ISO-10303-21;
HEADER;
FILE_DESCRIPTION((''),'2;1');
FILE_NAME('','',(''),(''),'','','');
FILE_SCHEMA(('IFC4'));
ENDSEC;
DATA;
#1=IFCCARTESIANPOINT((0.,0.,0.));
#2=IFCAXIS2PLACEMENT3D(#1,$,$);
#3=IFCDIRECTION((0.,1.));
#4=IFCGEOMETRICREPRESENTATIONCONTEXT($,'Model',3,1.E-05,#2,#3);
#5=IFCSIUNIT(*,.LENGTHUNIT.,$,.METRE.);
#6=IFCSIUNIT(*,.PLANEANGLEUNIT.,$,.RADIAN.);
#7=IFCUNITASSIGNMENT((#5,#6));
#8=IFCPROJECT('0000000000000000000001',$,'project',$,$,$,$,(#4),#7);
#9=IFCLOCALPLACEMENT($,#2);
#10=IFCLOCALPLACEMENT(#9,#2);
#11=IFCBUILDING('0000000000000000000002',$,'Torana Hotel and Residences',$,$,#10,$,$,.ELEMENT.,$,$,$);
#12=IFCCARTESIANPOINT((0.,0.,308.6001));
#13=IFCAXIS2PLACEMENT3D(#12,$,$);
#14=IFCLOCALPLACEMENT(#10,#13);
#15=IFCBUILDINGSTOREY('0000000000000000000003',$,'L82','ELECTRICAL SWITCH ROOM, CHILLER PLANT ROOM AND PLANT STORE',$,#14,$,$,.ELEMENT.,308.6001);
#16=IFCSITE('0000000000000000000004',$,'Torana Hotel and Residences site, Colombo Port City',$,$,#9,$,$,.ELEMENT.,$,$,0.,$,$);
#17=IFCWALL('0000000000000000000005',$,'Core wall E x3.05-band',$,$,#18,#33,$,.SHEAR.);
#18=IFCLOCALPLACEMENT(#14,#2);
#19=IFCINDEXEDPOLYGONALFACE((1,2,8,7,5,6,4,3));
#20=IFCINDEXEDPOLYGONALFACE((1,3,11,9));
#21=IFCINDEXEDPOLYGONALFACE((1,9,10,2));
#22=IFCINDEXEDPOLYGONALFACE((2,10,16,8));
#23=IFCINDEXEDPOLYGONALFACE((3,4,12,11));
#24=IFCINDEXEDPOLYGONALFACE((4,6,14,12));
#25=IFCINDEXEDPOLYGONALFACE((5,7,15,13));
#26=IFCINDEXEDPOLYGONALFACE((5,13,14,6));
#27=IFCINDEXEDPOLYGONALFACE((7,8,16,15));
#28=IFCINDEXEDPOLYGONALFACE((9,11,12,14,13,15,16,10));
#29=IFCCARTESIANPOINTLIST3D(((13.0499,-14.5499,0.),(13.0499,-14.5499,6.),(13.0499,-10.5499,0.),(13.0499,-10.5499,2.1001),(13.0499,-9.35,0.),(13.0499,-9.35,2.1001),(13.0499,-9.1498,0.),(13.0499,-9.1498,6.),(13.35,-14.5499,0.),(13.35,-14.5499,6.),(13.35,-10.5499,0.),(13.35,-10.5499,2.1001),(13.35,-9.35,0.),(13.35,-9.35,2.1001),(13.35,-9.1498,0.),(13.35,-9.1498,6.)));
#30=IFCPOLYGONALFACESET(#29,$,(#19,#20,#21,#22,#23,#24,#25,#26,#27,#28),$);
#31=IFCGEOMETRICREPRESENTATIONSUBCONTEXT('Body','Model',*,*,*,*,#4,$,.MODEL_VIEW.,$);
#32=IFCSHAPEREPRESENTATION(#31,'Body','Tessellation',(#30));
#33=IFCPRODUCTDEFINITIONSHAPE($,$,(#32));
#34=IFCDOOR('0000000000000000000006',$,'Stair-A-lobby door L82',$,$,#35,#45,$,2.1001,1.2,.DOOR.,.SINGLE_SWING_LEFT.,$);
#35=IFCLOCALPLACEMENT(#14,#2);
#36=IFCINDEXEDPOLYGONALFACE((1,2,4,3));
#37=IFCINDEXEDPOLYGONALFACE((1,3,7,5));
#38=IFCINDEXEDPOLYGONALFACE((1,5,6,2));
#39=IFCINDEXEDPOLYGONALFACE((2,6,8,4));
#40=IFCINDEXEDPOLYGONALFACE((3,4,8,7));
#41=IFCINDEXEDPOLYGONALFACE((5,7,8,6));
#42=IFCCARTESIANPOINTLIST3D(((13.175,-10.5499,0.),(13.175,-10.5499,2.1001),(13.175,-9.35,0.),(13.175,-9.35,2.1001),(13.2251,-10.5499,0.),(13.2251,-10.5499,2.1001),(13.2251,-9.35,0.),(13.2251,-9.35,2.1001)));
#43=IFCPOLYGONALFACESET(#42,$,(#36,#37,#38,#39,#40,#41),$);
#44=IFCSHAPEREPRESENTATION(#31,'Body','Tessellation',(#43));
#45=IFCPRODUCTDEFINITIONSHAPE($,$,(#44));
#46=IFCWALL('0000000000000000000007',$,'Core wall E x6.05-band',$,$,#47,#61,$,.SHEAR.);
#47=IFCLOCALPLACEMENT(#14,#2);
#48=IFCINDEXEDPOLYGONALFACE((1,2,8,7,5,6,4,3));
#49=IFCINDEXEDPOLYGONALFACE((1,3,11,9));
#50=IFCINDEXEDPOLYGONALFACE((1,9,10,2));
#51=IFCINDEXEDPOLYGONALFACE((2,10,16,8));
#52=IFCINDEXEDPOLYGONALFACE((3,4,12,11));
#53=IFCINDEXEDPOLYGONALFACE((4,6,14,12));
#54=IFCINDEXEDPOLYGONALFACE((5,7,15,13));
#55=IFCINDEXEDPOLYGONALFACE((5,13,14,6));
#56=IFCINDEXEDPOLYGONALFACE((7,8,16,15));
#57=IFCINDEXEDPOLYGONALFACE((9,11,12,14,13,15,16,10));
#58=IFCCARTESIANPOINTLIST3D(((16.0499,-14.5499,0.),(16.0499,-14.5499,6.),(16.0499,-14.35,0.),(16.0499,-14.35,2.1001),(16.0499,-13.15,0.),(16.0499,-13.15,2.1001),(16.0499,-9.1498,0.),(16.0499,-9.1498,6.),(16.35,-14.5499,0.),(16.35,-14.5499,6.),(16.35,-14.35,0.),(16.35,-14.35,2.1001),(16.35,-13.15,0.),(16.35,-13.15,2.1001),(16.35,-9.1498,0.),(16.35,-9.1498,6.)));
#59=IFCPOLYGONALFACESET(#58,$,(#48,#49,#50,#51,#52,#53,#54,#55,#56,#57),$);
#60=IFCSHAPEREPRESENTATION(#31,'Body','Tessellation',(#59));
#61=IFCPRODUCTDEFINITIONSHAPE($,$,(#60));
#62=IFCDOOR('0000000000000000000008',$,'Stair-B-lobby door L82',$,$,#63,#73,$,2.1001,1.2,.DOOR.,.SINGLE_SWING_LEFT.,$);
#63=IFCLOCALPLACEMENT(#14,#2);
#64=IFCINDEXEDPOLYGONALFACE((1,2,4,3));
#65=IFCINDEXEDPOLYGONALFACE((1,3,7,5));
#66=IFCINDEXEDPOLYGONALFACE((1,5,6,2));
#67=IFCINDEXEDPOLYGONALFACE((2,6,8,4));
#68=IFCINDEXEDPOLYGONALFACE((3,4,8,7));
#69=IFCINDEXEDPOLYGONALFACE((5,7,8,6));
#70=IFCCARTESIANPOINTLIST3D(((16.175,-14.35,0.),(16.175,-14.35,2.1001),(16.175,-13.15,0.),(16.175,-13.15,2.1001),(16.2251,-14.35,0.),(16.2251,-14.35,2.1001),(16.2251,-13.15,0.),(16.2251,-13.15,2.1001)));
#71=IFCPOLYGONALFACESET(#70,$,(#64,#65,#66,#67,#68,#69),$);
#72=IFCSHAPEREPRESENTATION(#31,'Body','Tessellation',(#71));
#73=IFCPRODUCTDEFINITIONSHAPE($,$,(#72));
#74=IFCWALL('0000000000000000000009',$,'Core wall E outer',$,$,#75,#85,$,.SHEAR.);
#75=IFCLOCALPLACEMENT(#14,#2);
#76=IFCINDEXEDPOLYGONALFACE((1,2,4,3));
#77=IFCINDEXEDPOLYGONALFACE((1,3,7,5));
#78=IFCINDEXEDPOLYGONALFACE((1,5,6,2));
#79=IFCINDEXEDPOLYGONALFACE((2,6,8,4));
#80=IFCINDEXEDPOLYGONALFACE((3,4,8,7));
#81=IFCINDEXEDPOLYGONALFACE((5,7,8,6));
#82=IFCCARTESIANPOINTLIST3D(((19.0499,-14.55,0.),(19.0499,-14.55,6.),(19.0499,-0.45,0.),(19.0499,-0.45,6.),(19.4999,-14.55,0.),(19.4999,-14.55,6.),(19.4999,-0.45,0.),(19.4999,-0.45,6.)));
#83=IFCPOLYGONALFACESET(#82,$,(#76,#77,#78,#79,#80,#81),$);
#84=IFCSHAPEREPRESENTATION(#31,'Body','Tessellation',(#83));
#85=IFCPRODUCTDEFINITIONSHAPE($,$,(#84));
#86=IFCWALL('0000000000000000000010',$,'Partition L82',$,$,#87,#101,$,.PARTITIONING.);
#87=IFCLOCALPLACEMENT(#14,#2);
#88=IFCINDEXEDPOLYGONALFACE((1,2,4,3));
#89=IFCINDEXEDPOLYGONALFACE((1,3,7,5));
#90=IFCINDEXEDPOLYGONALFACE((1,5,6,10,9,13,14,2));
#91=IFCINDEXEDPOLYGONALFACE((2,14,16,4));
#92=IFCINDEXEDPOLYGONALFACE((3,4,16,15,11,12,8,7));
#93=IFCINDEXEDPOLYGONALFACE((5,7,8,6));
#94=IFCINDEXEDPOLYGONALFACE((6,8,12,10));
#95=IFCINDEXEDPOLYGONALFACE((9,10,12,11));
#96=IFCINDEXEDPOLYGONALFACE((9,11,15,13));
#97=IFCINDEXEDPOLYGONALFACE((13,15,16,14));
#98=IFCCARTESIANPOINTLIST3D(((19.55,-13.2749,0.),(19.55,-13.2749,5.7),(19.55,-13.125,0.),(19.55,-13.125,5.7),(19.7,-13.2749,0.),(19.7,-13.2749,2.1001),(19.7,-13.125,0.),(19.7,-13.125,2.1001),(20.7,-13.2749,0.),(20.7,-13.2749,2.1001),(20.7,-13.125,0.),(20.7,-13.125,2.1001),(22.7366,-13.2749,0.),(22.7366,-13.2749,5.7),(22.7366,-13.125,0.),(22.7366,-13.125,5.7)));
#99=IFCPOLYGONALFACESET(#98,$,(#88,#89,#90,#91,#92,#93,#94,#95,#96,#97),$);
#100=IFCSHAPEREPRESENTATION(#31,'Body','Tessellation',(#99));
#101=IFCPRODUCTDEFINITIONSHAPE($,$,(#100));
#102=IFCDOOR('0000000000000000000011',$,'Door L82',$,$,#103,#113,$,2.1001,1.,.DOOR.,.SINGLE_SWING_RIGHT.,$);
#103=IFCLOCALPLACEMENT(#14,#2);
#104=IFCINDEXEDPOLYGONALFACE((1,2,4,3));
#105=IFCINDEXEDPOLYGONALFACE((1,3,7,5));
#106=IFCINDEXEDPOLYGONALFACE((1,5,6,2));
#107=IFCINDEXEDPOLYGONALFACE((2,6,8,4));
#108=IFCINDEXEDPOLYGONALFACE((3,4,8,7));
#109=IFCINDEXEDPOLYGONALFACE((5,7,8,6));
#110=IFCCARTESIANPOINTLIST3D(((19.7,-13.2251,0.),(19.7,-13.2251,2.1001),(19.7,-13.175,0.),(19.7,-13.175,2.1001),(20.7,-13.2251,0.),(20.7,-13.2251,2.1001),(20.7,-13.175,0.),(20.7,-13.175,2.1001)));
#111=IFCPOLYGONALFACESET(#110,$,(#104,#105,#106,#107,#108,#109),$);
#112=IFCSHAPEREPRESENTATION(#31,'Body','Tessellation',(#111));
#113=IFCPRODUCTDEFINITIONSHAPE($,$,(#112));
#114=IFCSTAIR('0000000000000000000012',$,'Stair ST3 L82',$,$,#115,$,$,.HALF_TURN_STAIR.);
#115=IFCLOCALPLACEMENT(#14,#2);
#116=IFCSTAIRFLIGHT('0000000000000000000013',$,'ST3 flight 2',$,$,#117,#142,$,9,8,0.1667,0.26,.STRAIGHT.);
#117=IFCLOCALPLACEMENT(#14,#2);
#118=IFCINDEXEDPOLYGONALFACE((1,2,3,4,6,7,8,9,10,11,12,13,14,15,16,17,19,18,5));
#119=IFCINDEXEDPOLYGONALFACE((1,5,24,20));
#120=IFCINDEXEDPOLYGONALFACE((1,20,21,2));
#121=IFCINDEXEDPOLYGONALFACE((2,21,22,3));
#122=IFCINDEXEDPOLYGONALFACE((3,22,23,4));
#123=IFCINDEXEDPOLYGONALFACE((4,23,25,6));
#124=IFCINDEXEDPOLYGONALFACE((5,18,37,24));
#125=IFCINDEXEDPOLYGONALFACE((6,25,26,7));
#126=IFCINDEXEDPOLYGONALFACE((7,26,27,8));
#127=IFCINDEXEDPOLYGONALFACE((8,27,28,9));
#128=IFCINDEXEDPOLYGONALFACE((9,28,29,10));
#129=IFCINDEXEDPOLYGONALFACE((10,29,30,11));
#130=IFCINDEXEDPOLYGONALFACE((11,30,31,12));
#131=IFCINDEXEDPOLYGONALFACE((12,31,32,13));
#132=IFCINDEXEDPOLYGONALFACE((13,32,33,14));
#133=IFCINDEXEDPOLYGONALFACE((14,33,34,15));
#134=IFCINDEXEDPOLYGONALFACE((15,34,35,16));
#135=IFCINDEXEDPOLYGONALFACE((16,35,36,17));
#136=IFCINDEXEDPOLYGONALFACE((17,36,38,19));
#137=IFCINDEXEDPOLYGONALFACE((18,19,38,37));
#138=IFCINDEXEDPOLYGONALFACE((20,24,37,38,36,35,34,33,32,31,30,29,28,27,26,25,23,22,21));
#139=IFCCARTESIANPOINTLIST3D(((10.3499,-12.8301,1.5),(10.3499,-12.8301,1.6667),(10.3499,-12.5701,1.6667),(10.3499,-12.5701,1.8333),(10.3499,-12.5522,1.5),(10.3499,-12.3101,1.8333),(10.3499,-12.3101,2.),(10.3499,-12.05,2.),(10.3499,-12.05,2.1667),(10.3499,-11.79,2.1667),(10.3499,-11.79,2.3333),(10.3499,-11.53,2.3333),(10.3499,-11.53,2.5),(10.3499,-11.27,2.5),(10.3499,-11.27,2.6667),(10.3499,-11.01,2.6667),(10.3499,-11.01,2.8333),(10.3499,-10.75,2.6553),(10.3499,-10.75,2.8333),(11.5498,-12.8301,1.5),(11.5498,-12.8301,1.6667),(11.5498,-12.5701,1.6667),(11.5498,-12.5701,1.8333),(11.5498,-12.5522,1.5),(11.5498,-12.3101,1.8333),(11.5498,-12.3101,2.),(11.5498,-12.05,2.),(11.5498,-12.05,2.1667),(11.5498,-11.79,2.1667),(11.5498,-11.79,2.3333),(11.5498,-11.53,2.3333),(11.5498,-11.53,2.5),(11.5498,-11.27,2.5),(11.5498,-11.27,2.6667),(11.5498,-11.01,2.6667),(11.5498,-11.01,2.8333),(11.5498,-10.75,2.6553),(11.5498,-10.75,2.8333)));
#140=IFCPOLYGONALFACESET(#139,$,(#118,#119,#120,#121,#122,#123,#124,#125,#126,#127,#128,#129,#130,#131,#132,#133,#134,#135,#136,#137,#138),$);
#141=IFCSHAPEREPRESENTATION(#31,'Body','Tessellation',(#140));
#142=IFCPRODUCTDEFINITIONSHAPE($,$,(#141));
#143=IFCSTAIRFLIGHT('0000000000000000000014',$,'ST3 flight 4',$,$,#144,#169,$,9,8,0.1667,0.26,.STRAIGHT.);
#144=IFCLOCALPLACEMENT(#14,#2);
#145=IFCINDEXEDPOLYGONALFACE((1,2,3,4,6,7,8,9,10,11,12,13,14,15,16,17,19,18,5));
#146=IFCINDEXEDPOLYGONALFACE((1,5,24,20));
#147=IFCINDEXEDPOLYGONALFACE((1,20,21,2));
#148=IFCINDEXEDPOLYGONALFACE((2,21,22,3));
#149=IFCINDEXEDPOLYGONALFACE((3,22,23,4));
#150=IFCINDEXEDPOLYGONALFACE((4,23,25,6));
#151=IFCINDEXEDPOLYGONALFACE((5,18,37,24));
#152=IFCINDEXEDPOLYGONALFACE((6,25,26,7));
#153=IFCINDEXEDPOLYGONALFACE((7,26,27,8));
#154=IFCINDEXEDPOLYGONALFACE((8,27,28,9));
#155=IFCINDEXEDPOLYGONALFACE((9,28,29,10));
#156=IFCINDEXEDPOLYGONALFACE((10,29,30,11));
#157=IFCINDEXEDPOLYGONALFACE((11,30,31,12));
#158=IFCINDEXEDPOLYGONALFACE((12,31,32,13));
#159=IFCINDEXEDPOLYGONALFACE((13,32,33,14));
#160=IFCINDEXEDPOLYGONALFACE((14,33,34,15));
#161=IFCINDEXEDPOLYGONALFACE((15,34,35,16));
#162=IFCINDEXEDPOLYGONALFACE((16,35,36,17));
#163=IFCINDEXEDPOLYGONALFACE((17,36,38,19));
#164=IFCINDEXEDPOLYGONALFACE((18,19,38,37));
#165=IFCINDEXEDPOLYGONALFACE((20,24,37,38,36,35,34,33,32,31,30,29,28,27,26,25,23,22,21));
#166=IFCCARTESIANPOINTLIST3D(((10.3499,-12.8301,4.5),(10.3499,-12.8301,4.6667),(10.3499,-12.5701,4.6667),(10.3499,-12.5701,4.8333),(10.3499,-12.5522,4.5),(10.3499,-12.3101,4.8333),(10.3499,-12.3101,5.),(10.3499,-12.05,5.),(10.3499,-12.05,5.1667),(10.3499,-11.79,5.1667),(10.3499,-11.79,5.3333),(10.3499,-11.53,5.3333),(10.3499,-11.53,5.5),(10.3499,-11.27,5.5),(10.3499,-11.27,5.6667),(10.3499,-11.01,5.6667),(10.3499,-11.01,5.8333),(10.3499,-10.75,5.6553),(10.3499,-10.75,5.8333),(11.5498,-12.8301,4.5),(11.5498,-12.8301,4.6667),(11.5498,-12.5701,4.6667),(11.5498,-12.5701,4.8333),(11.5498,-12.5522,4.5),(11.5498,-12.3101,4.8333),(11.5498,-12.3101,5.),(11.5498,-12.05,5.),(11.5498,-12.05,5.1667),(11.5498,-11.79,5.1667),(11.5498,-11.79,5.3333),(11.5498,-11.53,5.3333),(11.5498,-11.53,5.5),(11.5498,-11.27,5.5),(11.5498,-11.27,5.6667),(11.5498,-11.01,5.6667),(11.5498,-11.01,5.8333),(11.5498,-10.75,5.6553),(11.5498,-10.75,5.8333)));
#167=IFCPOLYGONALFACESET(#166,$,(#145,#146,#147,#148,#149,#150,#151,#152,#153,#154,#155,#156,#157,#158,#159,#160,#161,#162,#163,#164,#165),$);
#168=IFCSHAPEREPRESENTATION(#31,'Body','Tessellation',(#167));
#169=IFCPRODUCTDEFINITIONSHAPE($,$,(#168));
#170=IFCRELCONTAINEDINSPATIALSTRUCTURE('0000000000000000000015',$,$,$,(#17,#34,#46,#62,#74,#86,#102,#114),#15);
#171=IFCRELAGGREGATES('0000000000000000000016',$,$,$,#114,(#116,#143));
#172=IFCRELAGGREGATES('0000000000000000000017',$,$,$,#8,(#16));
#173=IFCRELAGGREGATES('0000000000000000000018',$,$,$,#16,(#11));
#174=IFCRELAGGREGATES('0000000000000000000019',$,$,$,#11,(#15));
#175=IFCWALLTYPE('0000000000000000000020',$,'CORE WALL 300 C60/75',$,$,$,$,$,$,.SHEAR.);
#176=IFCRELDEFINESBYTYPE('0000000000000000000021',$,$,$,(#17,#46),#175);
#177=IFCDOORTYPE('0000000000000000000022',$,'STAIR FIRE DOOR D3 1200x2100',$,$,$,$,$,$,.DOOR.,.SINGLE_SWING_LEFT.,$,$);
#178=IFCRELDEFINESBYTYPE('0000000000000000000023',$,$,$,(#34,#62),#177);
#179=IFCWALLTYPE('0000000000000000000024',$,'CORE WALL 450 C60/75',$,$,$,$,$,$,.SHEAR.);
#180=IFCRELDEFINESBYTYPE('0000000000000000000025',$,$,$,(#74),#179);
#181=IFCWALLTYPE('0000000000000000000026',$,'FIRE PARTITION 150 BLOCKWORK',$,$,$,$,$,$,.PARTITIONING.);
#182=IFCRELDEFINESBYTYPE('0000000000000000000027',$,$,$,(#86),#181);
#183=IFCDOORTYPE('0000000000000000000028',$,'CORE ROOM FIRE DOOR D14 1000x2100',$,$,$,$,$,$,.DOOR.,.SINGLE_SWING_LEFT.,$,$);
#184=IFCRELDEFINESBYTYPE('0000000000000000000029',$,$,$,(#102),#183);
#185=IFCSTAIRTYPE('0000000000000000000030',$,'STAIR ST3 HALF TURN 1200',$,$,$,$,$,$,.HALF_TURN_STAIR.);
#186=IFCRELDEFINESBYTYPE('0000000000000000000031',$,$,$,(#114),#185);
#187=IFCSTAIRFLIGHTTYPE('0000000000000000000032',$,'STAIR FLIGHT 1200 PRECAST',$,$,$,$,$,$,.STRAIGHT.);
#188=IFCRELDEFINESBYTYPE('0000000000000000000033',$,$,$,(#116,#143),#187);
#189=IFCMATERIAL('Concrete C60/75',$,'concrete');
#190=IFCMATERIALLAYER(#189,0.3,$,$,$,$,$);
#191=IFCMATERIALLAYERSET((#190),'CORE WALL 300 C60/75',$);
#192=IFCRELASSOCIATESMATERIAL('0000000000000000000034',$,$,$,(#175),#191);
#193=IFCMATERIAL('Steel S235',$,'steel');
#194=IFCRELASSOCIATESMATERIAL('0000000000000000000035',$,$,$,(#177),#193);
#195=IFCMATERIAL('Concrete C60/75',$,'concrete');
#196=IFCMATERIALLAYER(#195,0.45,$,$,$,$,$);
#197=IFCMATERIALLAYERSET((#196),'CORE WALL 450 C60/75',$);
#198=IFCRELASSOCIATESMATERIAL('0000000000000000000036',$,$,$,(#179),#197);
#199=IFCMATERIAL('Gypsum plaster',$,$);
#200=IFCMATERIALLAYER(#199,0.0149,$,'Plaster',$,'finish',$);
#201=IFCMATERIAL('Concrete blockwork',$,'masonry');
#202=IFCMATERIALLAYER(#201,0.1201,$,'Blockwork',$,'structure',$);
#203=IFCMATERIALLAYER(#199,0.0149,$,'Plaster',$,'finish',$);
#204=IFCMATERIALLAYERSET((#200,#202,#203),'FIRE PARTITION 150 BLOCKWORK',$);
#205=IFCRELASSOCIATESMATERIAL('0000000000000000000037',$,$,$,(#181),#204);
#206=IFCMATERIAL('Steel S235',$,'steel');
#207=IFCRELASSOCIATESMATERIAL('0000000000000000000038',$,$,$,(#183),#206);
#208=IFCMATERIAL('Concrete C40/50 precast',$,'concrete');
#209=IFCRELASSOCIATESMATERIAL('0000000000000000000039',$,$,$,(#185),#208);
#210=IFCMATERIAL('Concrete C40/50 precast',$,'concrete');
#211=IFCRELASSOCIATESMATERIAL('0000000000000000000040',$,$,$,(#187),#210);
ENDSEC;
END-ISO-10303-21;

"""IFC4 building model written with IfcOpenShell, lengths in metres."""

from ifc_helpers import new_model, si_unit, direction, frame, frame_2d, origin, place, context, subcontext, project, spatial, polyline, rectangle, outline, extrude, material, layer, layer_set, type_object, element, fill, aggregate, save


model = new_model("IFC4")

# Units and contexts
model_context = context("Model", 3, precision=1e-05, world=origin(), true_north=direction((0.0, 1.0)))
body_context = subcontext(model_context, "Body", "Model", "MODEL_VIEW")
ifc_project = project(units=[si_unit("LENGTHUNIT", "METRE"), si_unit("PLANEANGLEUNIT", "RADIAN")], contexts=[model_context])

# Site, building, storey
site_placement = place(None, origin())
site = spatial("IfcSite", under=ifc_project, at=site_placement, Name="Torana Hotel and Residences site, Colombo Port City", CompositionType="ELEMENT", RefElevation=0.0)
building_placement = place(site_placement, origin())
building = spatial("IfcBuilding", under=site, at=building_placement, Name="Torana Hotel and Residences", CompositionType="ELEMENT")
storey_placement = place(building_placement, frame((0.0, 0.0, 308.6001)))
storey = spatial("IfcBuildingStorey", under=building, at=storey_placement, Name="L82", Description="ELECTRICAL SWITCH ROOM, CHILLER PLANT ROOM AND PLANT STORE", CompositionType="ELEMENT", Elevation=308.6001)

# Walls, openings, doors
ifc_material_1 = material(Name="Concrete C60/75", Category="concrete")
ifc_layer_1 = layer(ifc_material_1, 0.3)
ifc_layer_set_1 = layer_set([ifc_layer_1], Name="CORE WALL 300 C60/75")
wall_type_1 = type_object("IfcWallType", Name="CORE WALL 300 C60/75", PredefinedType="SHEAR", material=ifc_layer_set_1)
wall_1_placement = place(storey_placement, frame((13.2, -14.55, 0.0), z_axis=(0.0, 0.0, 1.0), x_axis=(0.0, 1.0, 0.0)))
wall_1 = element("IfcWall", 1, at=wall_1_placement, inside=storey, type_object=wall_type_1, Name="Core wall E x3.05-band", PredefinedType="SHEAR", context=body_context, shape_type="SweptSolid", body=[
    extrude(rectangle(XDim=5.4001, YDim=0.3, at=frame_2d((2.7002, 0.0))), origin(), (0.0, 0.0, 1.0), 6.0),
])
opening_1_placement = place(wall_1_placement, frame((4.0, 0.0, 0.0)))
opening_1 = element("IfcOpeningElement", 2, at=opening_1_placement, cuts=wall_1, PredefinedType="OPENING", context=body_context, shape_type="SweptSolid", body=[
    extrude(rectangle(XDim=1.2, YDim=2.1001, at=frame_2d((0.6001, 1.05))), frame((0.0, 0.1599, 0.0), z_axis=(0.0, -1.0, 0.0), x_axis=(1.0, 0.0, 0.0)), (0.0, 0.0, 1.0), 0.3201),
])
ifc_material_2 = material(Name="Steel S235", Category="steel")
door_type_1 = type_object("IfcDoorType", Name="STAIR FIRE DOOR D3 1200x2100", OperationType="SINGLE_SWING_LEFT", PredefinedType="DOOR", material=ifc_material_2)
door_1_placement = place(opening_1_placement, origin())
door_1 = element("IfcDoor", 3, at=door_1_placement, inside=storey, type_object=door_type_1, Name="Stair-A-lobby door L82", OperationType="SINGLE_SWING_LEFT", OverallHeight=2.1001, OverallWidth=1.2, PredefinedType="DOOR", context=body_context, shape_type="SweptSolid", body=[
    extrude(rectangle(XDim=1.2, YDim=2.1001, at=frame_2d((0.6001, 1.05))), frame((0.0, 0.0249, 0.0), z_axis=(0.0, -1.0, 0.0), x_axis=(1.0, 0.0, 0.0)), (0.0, 0.0, 1.0), 0.05),
])
fill(opening_1, door_1)
wall_2_placement = place(storey_placement, frame((16.2, -14.55, 0.0), z_axis=(0.0, 0.0, 1.0), x_axis=(0.0, 1.0, 0.0)))
wall_2 = element("IfcWall", 4, at=wall_2_placement, inside=storey, type_object=wall_type_1, Name="Core wall E x6.05-band", PredefinedType="SHEAR", context=body_context, shape_type="SweptSolid", body=[
    extrude(rectangle(XDim=5.4001, YDim=0.3, at=frame_2d((2.7002, 0.0))), origin(), (0.0, 0.0, 1.0), 6.0),
])
opening_2_placement = place(wall_2_placement, frame((0.2, 0.0, 0.0)))
opening_2 = element("IfcOpeningElement", 5, at=opening_2_placement, cuts=wall_2, PredefinedType="OPENING", context=body_context, shape_type="SweptSolid", body=[
    extrude(rectangle(XDim=1.2, YDim=2.1001, at=frame_2d((0.6001, 1.05))), frame((0.0, 0.1599, 0.0), z_axis=(0.0, -1.0, 0.0), x_axis=(1.0, 0.0, 0.0)), (0.0, 0.0, 1.0), 0.3201),
])
door_2_placement = place(opening_2_placement, frame((0.6001, 0.0, 0.0), z_axis=(0.0, 0.0, 1.0), x_axis=(-1.0, 0.0, 0.0)))
door_2 = element("IfcDoor", 6, at=door_2_placement, inside=storey, type_object=door_type_1, Name="Stair-B-lobby door L82", OperationType="SINGLE_SWING_LEFT", OverallHeight=2.1001, OverallWidth=1.2, PredefinedType="DOOR", context=body_context, shape_type="SweptSolid", body=[
    extrude(rectangle(XDim=1.2, YDim=2.1001, at=frame_2d((0.0, 1.05))), frame((0.0, -0.0249, 0.0), z_axis=(0.0, 1.0, 0.0), x_axis=(-1.0, 0.0, 0.0)), (0.0, 0.0, 1.0), 0.05),
])
fill(opening_2, door_2)

# Wall
ifc_material_3 = material(Name="Concrete C60/75", Category="concrete")
ifc_layer_2 = layer(ifc_material_3, 0.45)
ifc_layer_set_2 = layer_set([ifc_layer_2], Name="CORE WALL 450 C60/75")
wall_type_2 = type_object("IfcWallType", Name="CORE WALL 450 C60/75", PredefinedType="SHEAR", material=ifc_layer_set_2)
wall_3_placement = place(storey_placement, frame((19.2749, -14.55, 0.0), z_axis=(0.0, 0.0, 1.0), x_axis=(0.0, 1.0, 0.0)))
element("IfcWall", 7, at=wall_3_placement, inside=storey, type_object=wall_type_2, Name="Core wall E outer", PredefinedType="SHEAR", context=body_context, shape_type="SweptSolid", body=[
    extrude(rectangle(XDim=14.1001, YDim=0.45, at=frame_2d((7.05, 0.0))), origin(), (0.0, 0.0, 1.0), 6.0),
])

# Wall, opening, door
ifc_material_4 = material(Name="Gypsum plaster")
ifc_layer_3 = layer(ifc_material_4, 0.0149, Name="Plaster", Category="finish")
ifc_material_5 = material(Name="Concrete blockwork", Category="masonry")
ifc_layer_4 = layer(ifc_material_5, 0.1201, Name="Blockwork", Category="structure")
ifc_layer_5 = layer(ifc_material_4, 0.0149, Name="Plaster", Category="finish")
ifc_layer_set_3 = layer_set([ifc_layer_3, ifc_layer_4, ifc_layer_5], Name="FIRE PARTITION 150 BLOCKWORK")
wall_type_3 = type_object("IfcWallType", Name="FIRE PARTITION 150 BLOCKWORK", PredefinedType="PARTITIONING", material=ifc_layer_set_3)
wall_4_placement = place(storey_placement, frame((19.55, -13.2, 0.0), z_axis=(0.0, 0.0, 1.0), x_axis=(1.0, 0.0, 0.0)))
wall_4 = element("IfcWall", 8, at=wall_4_placement, inside=storey, type_object=wall_type_3, Name="Partition L82", PredefinedType="PARTITIONING", context=body_context, shape_type="SweptSolid", body=[
    extrude(rectangle(XDim=3.1865, YDim=0.1499, at=frame_2d((1.5933, 0.0))), origin(), (0.0, 0.0, 1.0), 5.7),
])
opening_3_placement = place(wall_4_placement, frame((0.1499, 0.0, 0.0)))
opening_3 = element("IfcOpeningElement", 9, at=opening_3_placement, cuts=wall_4, PredefinedType="OPENING", context=body_context, shape_type="SweptSolid", body=[
    extrude(rectangle(XDim=1.0, YDim=2.1001, at=frame_2d((0.5, 1.05))), frame((0.0, 0.085, 0.0), z_axis=(0.0, -1.0, 0.0), x_axis=(1.0, 0.0, 0.0)), (0.0, 0.0, 1.0), 0.1699),
])
ifc_material_6 = material(Name="Steel S235", Category="steel")
door_type_2 = type_object("IfcDoorType", Name="CORE ROOM FIRE DOOR D14 1000x2100", OperationType="SINGLE_SWING_LEFT", PredefinedType="DOOR", material=ifc_material_6)
door_3_placement = place(opening_3_placement, origin())
door_3 = element("IfcDoor", 10, at=door_3_placement, inside=storey, type_object=door_type_2, Name="Door L82", OperationType="SINGLE_SWING_RIGHT", OverallHeight=2.1001, OverallWidth=1.0, PredefinedType="DOOR", context=body_context, shape_type="SweptSolid", body=[
    extrude(rectangle(XDim=1.0, YDim=2.1001, at=frame_2d((0.5, 1.05))), frame((0.0, 0.0249, 0.0), z_axis=(0.0, -1.0, 0.0), x_axis=(1.0, 0.0, 0.0)), (0.0, 0.0, 1.0), 0.05),
])
fill(opening_3, door_3)

# Stair, stair flights
ifc_material_7 = material(Name="Concrete C40/50 precast", Category="concrete")
stair_type_1 = type_object("IfcStairType", Name="STAIR ST3 HALF TURN 1200", PredefinedType="HALF_TURN_STAIR", material=ifc_material_7)
stair_1_placement = place(storey_placement, origin())
stair_1 = element("IfcStair", 11, at=stair_1_placement, inside=storey, type_object=stair_type_1, Name="Stair ST3 L82", PredefinedType="HALF_TURN_STAIR")
ifc_material_8 = material(Name="Concrete C40/50 precast", Category="concrete")
stair_flight_type = type_object("IfcStairFlightType", Name="STAIR FLIGHT 1200 PRECAST", PredefinedType="STRAIGHT", material=ifc_material_8)
stair_flight_1_placement = place(storey_placement, frame((10.95, -12.8301, 1.5), z_axis=(0.0, 0.0, 1.0), x_axis=(0.0, 1.0, 0.0)))
stair_flight_1 = element("IfcStairFlight", 12, at=stair_flight_1_placement, type_object=stair_flight_type, Name="ST3 flight 2", NumberOfRisers=9, NumberOfTreads=8, PredefinedType="STRAIGHT", RiserHeight=0.1667, TreadLength=0.26, context=body_context, shape_type="SweptSolid", body=[
    extrude(outline(polyline([(0.0, 0.0), (0.0, 0.1667), (0.26, 0.1667), (0.26, 0.3333), (0.52, 0.3333), (0.52, 0.5), (0.78, 0.5), (0.78, 0.6667), (1.04, 0.6667), (1.04, 0.8333), (1.3, 0.8333), (1.3, 1.0), (1.5601, 1.0), (1.5601, 1.1667), (1.8201, 1.1667), (1.8201, 1.3333), (2.0801, 1.3333), (2.0801, 1.5), (2.0801, 1.1553), (0.2778, 0.0), (0.0, 0.0)])), frame((0.0, 0.6001, 0.0), z_axis=(0.0, -1.0, 0.0), x_axis=(1.0, 0.0, 0.0)), (0.0, 0.0, 1.0), 1.2),
])
stair_flight_2_placement = place(storey_placement, frame((10.95, -12.8301, 4.5), z_axis=(0.0, 0.0, 1.0), x_axis=(0.0, 1.0, 0.0)))
stair_flight_2 = element("IfcStairFlight", 13, at=stair_flight_2_placement, type_object=stair_flight_type, Name="ST3 flight 4", NumberOfRisers=9, NumberOfTreads=8, PredefinedType="STRAIGHT", RiserHeight=0.1667, TreadLength=0.26, context=body_context, shape_type="SweptSolid", body=[
    extrude(outline(polyline([(0.0, 0.0), (0.0, 0.1667), (0.26, 0.1667), (0.26, 0.3333), (0.52, 0.3333), (0.52, 0.5), (0.78, 0.5), (0.78, 0.6667), (1.04, 0.6667), (1.04, 0.8333), (1.3, 0.8333), (1.3, 1.0), (1.5601, 1.0), (1.5601, 1.1667), (1.8201, 1.1667), (1.8201, 1.3333), (2.0801, 1.3333), (2.0801, 1.5), (2.0801, 1.1553), (0.2778, 0.0), (0.0, 0.0)])), frame((0.0, 0.6001, 0.0), z_axis=(0.0, -1.0, 0.0), x_axis=(1.0, 0.0, 0.0)), (0.0, 0.0, 1.0), 1.2),
])
aggregate(stair_1, [stair_flight_1, stair_flight_2])

save(model, "model.ifc")
